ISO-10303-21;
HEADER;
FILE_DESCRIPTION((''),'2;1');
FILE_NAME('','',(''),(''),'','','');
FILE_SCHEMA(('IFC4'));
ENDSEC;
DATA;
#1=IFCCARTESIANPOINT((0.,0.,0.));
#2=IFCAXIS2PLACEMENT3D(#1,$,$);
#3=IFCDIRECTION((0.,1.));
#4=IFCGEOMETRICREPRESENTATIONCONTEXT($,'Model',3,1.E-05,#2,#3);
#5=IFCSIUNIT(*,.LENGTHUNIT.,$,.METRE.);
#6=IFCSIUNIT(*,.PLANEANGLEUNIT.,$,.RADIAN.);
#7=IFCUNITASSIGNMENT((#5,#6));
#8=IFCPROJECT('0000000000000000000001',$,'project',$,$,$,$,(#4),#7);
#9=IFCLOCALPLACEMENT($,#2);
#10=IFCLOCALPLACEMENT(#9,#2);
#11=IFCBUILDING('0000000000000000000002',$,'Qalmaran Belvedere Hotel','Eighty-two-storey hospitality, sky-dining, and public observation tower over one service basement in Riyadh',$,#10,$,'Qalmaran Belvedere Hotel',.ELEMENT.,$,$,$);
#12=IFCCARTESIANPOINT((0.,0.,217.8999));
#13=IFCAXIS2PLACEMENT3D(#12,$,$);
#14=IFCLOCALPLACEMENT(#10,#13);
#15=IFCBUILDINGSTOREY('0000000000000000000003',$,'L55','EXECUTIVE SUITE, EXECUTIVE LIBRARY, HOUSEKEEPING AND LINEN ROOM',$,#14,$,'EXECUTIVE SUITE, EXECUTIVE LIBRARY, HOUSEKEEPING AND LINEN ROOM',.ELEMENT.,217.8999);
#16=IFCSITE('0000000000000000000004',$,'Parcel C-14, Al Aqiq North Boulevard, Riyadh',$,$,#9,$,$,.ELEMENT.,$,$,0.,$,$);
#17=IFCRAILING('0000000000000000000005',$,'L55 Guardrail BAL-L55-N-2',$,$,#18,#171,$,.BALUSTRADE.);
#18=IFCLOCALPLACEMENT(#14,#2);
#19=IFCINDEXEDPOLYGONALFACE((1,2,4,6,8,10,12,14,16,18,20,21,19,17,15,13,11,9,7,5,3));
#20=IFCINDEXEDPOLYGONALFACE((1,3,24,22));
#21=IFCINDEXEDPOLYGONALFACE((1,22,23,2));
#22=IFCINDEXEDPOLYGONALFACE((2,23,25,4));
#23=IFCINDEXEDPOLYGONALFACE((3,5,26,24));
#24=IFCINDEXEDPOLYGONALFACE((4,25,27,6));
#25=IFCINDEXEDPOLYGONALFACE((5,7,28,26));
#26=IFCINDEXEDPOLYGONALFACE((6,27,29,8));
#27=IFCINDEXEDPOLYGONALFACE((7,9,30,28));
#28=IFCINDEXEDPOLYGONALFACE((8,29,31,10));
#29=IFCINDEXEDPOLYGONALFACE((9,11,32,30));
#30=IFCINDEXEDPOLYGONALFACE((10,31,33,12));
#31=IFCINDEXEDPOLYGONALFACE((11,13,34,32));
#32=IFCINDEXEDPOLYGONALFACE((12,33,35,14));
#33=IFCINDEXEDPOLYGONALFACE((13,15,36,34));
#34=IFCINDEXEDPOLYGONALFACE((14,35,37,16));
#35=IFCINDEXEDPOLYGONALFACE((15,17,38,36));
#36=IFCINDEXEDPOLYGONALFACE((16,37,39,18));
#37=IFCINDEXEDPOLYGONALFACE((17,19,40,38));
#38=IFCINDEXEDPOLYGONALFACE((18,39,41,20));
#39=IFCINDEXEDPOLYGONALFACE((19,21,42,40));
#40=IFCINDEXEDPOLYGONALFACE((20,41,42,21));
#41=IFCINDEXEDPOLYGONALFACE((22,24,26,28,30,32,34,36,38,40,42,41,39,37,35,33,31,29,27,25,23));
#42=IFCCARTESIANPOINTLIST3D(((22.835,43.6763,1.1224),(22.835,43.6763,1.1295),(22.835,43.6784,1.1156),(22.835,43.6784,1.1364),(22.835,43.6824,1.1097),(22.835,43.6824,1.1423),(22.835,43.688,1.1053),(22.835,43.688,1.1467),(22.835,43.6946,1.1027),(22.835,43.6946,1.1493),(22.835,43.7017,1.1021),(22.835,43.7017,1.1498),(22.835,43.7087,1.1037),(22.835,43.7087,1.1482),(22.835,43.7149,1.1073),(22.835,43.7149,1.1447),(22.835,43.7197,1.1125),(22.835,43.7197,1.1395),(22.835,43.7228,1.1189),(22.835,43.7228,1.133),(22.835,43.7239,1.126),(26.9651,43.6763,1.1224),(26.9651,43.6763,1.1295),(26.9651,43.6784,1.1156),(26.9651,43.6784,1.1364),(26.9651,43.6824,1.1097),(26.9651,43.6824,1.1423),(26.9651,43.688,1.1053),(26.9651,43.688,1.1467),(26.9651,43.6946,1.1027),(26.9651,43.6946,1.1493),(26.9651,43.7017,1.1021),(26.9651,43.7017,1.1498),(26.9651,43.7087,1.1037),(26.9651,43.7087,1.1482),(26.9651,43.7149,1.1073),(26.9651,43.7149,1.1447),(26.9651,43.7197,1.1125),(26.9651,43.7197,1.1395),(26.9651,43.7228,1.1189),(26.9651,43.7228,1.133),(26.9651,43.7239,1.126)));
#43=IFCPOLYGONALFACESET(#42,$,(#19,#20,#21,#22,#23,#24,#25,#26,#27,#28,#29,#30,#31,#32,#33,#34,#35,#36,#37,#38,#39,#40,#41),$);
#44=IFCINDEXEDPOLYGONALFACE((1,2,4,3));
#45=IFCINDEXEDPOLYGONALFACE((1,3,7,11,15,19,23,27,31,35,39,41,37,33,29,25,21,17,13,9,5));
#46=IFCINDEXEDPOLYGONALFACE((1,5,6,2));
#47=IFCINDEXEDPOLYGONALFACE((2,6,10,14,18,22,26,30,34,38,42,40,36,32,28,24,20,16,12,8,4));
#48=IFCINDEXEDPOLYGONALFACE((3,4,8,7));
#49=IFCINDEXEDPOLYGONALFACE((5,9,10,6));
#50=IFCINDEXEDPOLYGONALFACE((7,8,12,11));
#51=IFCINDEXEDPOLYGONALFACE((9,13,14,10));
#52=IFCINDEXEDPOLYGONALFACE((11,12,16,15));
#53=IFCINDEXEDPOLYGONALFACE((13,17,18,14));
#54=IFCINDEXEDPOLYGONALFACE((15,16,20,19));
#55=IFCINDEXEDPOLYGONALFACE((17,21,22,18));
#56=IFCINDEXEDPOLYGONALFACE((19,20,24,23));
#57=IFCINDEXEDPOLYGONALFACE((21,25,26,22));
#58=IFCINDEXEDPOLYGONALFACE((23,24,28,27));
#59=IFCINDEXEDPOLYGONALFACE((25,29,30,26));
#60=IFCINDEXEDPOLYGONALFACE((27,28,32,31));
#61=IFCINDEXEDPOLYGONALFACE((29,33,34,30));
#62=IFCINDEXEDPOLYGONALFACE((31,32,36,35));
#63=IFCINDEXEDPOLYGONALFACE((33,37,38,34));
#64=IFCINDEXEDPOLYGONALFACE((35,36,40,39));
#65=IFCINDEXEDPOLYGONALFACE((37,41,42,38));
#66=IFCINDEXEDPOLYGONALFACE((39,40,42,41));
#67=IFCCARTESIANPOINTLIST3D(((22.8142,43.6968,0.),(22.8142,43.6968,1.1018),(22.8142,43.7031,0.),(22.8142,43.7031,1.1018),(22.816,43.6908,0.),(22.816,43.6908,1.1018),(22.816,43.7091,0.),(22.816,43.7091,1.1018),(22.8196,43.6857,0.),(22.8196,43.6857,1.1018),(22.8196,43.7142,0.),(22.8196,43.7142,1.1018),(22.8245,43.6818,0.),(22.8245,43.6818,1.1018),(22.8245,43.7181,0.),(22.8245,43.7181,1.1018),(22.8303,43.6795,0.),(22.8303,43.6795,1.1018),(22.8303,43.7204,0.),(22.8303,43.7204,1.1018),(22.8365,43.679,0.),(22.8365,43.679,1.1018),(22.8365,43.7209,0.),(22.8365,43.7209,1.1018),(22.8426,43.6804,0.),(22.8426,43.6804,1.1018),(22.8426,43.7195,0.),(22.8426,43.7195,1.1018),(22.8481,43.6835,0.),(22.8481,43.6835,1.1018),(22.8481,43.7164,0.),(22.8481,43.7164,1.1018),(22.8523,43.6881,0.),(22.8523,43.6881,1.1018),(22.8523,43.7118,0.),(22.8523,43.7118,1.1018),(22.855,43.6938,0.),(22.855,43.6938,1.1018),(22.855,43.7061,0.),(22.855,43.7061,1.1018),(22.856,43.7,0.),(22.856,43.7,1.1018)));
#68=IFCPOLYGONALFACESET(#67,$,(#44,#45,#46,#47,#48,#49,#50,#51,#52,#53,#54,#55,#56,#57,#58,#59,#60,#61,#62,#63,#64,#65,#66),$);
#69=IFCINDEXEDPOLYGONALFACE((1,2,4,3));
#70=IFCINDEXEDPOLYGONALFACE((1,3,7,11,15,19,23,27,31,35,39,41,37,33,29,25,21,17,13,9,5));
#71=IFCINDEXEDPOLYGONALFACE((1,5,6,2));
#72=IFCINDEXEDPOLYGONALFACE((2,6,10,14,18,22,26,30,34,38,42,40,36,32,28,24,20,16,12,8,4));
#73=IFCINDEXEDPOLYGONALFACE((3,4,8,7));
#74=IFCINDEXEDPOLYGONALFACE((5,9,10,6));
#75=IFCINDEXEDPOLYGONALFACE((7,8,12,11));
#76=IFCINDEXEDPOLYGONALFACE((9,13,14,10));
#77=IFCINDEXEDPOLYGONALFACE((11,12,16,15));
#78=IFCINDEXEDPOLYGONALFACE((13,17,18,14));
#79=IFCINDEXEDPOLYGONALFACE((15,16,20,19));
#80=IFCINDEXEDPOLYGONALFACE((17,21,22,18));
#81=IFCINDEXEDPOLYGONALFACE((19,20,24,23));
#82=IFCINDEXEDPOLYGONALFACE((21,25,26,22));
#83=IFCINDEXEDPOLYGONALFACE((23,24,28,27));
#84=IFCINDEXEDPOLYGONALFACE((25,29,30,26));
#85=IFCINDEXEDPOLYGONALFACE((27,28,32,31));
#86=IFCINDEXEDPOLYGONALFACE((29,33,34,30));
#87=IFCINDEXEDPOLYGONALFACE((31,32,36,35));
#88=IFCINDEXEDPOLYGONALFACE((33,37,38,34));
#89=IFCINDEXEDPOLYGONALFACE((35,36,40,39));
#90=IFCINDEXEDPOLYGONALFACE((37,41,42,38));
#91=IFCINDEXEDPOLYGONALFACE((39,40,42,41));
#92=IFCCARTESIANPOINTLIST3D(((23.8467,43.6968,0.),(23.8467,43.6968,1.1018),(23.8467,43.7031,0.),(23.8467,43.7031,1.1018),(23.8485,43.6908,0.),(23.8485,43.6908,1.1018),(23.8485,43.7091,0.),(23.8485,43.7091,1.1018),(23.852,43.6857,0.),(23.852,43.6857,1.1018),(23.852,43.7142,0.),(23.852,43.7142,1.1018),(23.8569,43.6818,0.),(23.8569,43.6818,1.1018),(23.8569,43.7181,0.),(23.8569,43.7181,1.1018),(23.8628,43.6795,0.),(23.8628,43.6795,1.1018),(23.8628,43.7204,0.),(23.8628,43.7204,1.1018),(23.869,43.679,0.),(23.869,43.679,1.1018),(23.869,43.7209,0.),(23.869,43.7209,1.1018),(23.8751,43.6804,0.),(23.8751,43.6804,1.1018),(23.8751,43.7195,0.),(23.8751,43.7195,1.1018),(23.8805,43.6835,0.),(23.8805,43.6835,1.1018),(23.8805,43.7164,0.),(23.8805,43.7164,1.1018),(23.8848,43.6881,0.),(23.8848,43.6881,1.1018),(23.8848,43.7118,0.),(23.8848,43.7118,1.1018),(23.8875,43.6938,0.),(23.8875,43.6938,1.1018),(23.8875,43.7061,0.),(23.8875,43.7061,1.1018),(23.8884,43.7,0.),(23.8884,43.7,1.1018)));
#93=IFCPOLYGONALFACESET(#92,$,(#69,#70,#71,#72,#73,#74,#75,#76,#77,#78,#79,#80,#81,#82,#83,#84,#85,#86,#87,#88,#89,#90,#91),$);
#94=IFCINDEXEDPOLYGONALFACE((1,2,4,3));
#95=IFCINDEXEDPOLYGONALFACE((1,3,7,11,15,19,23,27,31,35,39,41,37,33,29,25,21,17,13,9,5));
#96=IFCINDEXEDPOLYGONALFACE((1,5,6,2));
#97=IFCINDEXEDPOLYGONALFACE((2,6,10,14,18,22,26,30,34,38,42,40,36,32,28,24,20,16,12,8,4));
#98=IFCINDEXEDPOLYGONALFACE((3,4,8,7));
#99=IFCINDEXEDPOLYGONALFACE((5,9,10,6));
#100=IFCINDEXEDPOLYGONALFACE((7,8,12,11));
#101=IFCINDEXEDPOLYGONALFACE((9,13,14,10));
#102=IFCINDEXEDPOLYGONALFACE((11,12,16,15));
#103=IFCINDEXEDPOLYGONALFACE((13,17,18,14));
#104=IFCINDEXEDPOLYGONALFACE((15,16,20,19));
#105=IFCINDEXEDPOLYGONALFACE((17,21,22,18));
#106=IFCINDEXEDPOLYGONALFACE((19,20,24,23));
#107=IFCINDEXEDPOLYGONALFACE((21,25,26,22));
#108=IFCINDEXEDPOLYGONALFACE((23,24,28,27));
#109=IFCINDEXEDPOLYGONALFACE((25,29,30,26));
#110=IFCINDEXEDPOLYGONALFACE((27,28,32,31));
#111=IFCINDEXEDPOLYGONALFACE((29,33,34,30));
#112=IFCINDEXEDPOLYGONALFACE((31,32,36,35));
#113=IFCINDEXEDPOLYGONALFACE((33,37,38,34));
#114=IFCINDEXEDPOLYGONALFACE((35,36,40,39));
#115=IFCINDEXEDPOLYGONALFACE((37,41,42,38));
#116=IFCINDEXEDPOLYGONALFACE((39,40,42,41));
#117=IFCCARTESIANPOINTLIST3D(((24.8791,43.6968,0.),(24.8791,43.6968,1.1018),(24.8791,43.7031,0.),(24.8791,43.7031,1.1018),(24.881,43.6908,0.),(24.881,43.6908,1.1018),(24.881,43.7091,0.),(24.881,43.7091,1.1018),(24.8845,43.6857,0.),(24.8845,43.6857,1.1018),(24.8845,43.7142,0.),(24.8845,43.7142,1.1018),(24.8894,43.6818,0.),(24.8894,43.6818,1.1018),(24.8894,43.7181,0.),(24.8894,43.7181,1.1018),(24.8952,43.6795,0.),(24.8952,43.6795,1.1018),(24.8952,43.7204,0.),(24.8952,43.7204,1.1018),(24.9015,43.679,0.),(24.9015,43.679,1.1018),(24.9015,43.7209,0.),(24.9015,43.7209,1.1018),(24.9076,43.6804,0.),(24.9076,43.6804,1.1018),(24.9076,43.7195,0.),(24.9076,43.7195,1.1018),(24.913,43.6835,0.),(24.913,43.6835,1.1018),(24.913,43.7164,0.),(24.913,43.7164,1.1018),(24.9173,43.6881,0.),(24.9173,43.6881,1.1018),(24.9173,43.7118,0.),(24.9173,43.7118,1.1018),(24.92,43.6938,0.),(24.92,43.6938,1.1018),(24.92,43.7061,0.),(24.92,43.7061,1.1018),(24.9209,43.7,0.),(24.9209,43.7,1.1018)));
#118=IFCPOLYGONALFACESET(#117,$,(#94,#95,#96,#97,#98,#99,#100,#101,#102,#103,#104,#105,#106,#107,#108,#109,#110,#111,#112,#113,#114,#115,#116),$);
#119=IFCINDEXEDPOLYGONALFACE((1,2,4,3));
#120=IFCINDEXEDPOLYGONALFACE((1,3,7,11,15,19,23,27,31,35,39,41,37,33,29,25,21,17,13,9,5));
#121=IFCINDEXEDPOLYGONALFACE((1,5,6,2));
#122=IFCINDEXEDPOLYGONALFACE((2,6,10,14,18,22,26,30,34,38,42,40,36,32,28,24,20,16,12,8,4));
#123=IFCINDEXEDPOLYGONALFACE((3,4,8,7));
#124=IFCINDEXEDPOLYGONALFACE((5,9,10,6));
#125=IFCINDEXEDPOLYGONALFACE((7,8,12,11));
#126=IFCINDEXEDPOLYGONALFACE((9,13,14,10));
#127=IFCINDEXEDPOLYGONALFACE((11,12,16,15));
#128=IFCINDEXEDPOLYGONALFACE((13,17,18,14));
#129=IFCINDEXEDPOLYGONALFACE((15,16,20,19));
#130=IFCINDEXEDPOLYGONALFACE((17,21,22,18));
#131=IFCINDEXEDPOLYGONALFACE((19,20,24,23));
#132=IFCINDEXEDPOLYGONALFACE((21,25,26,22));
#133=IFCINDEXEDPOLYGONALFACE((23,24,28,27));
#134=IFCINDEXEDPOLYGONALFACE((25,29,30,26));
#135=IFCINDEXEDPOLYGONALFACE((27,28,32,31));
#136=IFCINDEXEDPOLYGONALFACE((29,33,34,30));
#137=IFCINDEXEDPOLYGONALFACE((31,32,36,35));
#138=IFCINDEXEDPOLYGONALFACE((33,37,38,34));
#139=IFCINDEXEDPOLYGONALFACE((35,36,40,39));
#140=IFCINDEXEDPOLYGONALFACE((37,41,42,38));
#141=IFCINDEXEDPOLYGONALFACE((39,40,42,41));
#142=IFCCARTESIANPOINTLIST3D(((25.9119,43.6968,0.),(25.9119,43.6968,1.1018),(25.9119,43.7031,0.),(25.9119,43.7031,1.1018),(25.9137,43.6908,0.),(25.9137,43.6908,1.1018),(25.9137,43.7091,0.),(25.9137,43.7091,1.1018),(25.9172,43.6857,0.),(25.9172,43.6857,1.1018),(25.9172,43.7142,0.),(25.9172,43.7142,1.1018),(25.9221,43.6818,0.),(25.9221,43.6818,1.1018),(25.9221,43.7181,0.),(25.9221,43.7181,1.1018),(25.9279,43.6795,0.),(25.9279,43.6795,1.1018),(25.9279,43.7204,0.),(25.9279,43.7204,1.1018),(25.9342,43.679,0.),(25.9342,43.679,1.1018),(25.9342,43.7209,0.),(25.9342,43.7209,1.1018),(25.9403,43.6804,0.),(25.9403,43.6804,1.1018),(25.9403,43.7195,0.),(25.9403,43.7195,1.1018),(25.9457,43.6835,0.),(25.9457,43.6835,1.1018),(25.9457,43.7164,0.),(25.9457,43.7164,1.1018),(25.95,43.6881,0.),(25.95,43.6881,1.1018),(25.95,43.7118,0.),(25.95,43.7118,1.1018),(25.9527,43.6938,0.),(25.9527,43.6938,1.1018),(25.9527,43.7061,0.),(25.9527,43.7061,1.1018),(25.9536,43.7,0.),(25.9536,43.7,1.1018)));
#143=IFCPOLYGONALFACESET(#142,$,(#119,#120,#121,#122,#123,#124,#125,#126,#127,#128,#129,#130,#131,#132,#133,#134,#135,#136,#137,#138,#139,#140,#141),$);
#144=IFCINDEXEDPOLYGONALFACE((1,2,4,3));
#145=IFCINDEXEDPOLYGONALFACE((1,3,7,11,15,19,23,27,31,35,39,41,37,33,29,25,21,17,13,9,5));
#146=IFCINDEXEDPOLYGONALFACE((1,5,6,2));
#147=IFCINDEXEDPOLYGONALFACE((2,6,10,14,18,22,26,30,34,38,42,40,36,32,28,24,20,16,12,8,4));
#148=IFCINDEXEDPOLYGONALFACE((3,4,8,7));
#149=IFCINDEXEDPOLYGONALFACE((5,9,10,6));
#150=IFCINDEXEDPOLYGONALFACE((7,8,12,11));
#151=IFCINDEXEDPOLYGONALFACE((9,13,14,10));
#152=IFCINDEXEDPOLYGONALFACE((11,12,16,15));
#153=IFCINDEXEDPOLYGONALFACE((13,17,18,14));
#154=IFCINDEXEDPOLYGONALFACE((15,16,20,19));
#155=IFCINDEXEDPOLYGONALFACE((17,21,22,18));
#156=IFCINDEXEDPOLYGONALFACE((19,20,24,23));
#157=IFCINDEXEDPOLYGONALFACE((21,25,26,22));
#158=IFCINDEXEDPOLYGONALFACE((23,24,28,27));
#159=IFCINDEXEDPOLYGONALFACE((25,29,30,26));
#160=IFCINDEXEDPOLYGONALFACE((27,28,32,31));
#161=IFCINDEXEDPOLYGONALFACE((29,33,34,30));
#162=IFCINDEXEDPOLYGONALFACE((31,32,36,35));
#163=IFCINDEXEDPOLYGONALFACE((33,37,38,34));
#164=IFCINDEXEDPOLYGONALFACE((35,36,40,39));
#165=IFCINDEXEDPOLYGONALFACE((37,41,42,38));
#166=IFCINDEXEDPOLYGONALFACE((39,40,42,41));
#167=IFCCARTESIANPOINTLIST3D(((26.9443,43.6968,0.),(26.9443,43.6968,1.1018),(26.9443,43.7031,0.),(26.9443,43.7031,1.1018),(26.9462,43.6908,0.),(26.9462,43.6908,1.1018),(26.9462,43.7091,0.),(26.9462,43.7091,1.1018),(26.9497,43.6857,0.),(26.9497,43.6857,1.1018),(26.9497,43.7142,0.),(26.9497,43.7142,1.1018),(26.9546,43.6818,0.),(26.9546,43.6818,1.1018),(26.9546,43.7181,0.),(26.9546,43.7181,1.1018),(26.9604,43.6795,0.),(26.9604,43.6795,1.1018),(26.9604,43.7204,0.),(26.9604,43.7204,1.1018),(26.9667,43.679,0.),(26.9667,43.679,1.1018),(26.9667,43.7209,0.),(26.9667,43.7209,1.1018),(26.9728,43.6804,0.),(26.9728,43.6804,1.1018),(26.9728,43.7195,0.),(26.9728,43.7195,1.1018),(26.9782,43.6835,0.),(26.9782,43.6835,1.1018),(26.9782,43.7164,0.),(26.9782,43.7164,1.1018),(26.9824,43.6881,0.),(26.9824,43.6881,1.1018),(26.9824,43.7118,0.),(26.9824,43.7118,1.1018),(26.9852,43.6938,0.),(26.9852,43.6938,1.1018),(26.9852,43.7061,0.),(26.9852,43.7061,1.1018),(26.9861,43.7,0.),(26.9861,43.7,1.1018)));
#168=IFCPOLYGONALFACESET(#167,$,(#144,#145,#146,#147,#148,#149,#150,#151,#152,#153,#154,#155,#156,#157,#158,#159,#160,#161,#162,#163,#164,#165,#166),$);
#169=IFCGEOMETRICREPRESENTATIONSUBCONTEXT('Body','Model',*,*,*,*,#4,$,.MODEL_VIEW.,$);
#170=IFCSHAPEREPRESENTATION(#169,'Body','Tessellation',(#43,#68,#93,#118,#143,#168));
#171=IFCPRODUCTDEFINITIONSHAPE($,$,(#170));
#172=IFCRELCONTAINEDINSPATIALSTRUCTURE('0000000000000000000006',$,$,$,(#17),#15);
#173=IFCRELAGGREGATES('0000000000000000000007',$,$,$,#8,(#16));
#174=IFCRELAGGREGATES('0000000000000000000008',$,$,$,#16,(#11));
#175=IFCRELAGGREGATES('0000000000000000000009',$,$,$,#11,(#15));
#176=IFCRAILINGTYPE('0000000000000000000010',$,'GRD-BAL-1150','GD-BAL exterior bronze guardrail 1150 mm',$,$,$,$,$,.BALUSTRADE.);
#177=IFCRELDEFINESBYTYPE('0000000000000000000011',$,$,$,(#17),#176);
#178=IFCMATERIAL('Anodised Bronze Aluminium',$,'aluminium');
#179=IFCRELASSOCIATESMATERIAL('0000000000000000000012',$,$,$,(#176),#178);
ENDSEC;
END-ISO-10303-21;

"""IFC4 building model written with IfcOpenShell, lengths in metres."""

from ifc_helpers import new_model, si_unit, direction, frame, origin, origin_2d, place, context, subcontext, project, spatial, circle, extrude, material, type_object, element, save


model = new_model("IFC4")

# Units and contexts
model_context = context("Model", 3, precision=1e-05, world=origin(), true_north=direction((0.0, 1.0)))
body_context = subcontext(model_context, "Body", "Model", "MODEL_VIEW")
ifc_project = project(units=[si_unit("LENGTHUNIT", "METRE"), si_unit("PLANEANGLEUNIT", "RADIAN")], contexts=[model_context])

# Site, building, storey
site_placement = place(None, origin())
site = spatial("IfcSite", under=ifc_project, at=site_placement, Name="Parcel C-14, Al Aqiq North Boulevard, Riyadh", CompositionType="ELEMENT", RefElevation=0.0)
building_placement = place(site_placement, origin())
building = spatial("IfcBuilding", under=site, at=building_placement, Name="Qalmaran Belvedere Hotel", Description="Eighty-two-storey hospitality, sky-dining, and public observation tower over one service basement in Riyadh", LongName="Qalmaran Belvedere Hotel", CompositionType="ELEMENT")
storey_placement = place(building_placement, frame((0.0, 0.0, 217.8999)))
storey = spatial("IfcBuildingStorey", under=building, at=storey_placement, Name="L55", Description="EXECUTIVE SUITE, EXECUTIVE LIBRARY, HOUSEKEEPING AND LINEN ROOM", LongName="EXECUTIVE SUITE, EXECUTIVE LIBRARY, HOUSEKEEPING AND LINEN ROOM", CompositionType="ELEMENT", Elevation=217.8999)

# Shared definitions
ifc_material_1 = material(Name="Anodised Bronze Aluminium", Category="aluminium")

# Railing
railing_type = type_object("IfcRailingType", Name="GRD-BAL-1150", Description="GD-BAL exterior bronze guardrail 1150 mm", PredefinedType="BALUSTRADE", material=ifc_material_1)
railing_1_placement = place(storey_placement, frame((22.835, 43.7, 0.0)))
element("IfcRailing", 1, at=railing_1_placement, inside=storey, type_object=railing_type, Name="L55 Guardrail BAL-L55-N-2", PredefinedType="BALUSTRADE", context=body_context, shape_type="SweptSolid", body=[
    extrude(circle(Radius=0.0239, at=origin_2d()), frame((0.0, 0.0, 1.126), z_axis=(1.0, 0.0, 0.0), x_axis=(0.0, 1.0, 0.0)), (0.0, 0.0, 1.0), 4.1301),
    extrude(circle(Radius=0.021, at=origin_2d()), origin(), (0.0, 0.0, 1.0), 1.1018),
    extrude(circle(Radius=0.021, at=origin_2d()), frame((1.0325, 0.0, 0.0)), (0.0, 0.0, 1.0), 1.1018),
    extrude(circle(Radius=0.021, at=origin_2d()), frame((2.0649, 0.0, 0.0)), (0.0, 0.0, 1.0), 1.1018),
    extrude(circle(Radius=0.021, at=origin_2d()), frame((3.0977, 0.0, 0.0)), (0.0, 0.0, 1.0), 1.1018),
    extrude(circle(Radius=0.021, at=origin_2d()), frame((4.1301, 0.0, 0.0)), (0.0, 0.0, 1.0), 1.1018),
])

save(model, "model.ifc")
